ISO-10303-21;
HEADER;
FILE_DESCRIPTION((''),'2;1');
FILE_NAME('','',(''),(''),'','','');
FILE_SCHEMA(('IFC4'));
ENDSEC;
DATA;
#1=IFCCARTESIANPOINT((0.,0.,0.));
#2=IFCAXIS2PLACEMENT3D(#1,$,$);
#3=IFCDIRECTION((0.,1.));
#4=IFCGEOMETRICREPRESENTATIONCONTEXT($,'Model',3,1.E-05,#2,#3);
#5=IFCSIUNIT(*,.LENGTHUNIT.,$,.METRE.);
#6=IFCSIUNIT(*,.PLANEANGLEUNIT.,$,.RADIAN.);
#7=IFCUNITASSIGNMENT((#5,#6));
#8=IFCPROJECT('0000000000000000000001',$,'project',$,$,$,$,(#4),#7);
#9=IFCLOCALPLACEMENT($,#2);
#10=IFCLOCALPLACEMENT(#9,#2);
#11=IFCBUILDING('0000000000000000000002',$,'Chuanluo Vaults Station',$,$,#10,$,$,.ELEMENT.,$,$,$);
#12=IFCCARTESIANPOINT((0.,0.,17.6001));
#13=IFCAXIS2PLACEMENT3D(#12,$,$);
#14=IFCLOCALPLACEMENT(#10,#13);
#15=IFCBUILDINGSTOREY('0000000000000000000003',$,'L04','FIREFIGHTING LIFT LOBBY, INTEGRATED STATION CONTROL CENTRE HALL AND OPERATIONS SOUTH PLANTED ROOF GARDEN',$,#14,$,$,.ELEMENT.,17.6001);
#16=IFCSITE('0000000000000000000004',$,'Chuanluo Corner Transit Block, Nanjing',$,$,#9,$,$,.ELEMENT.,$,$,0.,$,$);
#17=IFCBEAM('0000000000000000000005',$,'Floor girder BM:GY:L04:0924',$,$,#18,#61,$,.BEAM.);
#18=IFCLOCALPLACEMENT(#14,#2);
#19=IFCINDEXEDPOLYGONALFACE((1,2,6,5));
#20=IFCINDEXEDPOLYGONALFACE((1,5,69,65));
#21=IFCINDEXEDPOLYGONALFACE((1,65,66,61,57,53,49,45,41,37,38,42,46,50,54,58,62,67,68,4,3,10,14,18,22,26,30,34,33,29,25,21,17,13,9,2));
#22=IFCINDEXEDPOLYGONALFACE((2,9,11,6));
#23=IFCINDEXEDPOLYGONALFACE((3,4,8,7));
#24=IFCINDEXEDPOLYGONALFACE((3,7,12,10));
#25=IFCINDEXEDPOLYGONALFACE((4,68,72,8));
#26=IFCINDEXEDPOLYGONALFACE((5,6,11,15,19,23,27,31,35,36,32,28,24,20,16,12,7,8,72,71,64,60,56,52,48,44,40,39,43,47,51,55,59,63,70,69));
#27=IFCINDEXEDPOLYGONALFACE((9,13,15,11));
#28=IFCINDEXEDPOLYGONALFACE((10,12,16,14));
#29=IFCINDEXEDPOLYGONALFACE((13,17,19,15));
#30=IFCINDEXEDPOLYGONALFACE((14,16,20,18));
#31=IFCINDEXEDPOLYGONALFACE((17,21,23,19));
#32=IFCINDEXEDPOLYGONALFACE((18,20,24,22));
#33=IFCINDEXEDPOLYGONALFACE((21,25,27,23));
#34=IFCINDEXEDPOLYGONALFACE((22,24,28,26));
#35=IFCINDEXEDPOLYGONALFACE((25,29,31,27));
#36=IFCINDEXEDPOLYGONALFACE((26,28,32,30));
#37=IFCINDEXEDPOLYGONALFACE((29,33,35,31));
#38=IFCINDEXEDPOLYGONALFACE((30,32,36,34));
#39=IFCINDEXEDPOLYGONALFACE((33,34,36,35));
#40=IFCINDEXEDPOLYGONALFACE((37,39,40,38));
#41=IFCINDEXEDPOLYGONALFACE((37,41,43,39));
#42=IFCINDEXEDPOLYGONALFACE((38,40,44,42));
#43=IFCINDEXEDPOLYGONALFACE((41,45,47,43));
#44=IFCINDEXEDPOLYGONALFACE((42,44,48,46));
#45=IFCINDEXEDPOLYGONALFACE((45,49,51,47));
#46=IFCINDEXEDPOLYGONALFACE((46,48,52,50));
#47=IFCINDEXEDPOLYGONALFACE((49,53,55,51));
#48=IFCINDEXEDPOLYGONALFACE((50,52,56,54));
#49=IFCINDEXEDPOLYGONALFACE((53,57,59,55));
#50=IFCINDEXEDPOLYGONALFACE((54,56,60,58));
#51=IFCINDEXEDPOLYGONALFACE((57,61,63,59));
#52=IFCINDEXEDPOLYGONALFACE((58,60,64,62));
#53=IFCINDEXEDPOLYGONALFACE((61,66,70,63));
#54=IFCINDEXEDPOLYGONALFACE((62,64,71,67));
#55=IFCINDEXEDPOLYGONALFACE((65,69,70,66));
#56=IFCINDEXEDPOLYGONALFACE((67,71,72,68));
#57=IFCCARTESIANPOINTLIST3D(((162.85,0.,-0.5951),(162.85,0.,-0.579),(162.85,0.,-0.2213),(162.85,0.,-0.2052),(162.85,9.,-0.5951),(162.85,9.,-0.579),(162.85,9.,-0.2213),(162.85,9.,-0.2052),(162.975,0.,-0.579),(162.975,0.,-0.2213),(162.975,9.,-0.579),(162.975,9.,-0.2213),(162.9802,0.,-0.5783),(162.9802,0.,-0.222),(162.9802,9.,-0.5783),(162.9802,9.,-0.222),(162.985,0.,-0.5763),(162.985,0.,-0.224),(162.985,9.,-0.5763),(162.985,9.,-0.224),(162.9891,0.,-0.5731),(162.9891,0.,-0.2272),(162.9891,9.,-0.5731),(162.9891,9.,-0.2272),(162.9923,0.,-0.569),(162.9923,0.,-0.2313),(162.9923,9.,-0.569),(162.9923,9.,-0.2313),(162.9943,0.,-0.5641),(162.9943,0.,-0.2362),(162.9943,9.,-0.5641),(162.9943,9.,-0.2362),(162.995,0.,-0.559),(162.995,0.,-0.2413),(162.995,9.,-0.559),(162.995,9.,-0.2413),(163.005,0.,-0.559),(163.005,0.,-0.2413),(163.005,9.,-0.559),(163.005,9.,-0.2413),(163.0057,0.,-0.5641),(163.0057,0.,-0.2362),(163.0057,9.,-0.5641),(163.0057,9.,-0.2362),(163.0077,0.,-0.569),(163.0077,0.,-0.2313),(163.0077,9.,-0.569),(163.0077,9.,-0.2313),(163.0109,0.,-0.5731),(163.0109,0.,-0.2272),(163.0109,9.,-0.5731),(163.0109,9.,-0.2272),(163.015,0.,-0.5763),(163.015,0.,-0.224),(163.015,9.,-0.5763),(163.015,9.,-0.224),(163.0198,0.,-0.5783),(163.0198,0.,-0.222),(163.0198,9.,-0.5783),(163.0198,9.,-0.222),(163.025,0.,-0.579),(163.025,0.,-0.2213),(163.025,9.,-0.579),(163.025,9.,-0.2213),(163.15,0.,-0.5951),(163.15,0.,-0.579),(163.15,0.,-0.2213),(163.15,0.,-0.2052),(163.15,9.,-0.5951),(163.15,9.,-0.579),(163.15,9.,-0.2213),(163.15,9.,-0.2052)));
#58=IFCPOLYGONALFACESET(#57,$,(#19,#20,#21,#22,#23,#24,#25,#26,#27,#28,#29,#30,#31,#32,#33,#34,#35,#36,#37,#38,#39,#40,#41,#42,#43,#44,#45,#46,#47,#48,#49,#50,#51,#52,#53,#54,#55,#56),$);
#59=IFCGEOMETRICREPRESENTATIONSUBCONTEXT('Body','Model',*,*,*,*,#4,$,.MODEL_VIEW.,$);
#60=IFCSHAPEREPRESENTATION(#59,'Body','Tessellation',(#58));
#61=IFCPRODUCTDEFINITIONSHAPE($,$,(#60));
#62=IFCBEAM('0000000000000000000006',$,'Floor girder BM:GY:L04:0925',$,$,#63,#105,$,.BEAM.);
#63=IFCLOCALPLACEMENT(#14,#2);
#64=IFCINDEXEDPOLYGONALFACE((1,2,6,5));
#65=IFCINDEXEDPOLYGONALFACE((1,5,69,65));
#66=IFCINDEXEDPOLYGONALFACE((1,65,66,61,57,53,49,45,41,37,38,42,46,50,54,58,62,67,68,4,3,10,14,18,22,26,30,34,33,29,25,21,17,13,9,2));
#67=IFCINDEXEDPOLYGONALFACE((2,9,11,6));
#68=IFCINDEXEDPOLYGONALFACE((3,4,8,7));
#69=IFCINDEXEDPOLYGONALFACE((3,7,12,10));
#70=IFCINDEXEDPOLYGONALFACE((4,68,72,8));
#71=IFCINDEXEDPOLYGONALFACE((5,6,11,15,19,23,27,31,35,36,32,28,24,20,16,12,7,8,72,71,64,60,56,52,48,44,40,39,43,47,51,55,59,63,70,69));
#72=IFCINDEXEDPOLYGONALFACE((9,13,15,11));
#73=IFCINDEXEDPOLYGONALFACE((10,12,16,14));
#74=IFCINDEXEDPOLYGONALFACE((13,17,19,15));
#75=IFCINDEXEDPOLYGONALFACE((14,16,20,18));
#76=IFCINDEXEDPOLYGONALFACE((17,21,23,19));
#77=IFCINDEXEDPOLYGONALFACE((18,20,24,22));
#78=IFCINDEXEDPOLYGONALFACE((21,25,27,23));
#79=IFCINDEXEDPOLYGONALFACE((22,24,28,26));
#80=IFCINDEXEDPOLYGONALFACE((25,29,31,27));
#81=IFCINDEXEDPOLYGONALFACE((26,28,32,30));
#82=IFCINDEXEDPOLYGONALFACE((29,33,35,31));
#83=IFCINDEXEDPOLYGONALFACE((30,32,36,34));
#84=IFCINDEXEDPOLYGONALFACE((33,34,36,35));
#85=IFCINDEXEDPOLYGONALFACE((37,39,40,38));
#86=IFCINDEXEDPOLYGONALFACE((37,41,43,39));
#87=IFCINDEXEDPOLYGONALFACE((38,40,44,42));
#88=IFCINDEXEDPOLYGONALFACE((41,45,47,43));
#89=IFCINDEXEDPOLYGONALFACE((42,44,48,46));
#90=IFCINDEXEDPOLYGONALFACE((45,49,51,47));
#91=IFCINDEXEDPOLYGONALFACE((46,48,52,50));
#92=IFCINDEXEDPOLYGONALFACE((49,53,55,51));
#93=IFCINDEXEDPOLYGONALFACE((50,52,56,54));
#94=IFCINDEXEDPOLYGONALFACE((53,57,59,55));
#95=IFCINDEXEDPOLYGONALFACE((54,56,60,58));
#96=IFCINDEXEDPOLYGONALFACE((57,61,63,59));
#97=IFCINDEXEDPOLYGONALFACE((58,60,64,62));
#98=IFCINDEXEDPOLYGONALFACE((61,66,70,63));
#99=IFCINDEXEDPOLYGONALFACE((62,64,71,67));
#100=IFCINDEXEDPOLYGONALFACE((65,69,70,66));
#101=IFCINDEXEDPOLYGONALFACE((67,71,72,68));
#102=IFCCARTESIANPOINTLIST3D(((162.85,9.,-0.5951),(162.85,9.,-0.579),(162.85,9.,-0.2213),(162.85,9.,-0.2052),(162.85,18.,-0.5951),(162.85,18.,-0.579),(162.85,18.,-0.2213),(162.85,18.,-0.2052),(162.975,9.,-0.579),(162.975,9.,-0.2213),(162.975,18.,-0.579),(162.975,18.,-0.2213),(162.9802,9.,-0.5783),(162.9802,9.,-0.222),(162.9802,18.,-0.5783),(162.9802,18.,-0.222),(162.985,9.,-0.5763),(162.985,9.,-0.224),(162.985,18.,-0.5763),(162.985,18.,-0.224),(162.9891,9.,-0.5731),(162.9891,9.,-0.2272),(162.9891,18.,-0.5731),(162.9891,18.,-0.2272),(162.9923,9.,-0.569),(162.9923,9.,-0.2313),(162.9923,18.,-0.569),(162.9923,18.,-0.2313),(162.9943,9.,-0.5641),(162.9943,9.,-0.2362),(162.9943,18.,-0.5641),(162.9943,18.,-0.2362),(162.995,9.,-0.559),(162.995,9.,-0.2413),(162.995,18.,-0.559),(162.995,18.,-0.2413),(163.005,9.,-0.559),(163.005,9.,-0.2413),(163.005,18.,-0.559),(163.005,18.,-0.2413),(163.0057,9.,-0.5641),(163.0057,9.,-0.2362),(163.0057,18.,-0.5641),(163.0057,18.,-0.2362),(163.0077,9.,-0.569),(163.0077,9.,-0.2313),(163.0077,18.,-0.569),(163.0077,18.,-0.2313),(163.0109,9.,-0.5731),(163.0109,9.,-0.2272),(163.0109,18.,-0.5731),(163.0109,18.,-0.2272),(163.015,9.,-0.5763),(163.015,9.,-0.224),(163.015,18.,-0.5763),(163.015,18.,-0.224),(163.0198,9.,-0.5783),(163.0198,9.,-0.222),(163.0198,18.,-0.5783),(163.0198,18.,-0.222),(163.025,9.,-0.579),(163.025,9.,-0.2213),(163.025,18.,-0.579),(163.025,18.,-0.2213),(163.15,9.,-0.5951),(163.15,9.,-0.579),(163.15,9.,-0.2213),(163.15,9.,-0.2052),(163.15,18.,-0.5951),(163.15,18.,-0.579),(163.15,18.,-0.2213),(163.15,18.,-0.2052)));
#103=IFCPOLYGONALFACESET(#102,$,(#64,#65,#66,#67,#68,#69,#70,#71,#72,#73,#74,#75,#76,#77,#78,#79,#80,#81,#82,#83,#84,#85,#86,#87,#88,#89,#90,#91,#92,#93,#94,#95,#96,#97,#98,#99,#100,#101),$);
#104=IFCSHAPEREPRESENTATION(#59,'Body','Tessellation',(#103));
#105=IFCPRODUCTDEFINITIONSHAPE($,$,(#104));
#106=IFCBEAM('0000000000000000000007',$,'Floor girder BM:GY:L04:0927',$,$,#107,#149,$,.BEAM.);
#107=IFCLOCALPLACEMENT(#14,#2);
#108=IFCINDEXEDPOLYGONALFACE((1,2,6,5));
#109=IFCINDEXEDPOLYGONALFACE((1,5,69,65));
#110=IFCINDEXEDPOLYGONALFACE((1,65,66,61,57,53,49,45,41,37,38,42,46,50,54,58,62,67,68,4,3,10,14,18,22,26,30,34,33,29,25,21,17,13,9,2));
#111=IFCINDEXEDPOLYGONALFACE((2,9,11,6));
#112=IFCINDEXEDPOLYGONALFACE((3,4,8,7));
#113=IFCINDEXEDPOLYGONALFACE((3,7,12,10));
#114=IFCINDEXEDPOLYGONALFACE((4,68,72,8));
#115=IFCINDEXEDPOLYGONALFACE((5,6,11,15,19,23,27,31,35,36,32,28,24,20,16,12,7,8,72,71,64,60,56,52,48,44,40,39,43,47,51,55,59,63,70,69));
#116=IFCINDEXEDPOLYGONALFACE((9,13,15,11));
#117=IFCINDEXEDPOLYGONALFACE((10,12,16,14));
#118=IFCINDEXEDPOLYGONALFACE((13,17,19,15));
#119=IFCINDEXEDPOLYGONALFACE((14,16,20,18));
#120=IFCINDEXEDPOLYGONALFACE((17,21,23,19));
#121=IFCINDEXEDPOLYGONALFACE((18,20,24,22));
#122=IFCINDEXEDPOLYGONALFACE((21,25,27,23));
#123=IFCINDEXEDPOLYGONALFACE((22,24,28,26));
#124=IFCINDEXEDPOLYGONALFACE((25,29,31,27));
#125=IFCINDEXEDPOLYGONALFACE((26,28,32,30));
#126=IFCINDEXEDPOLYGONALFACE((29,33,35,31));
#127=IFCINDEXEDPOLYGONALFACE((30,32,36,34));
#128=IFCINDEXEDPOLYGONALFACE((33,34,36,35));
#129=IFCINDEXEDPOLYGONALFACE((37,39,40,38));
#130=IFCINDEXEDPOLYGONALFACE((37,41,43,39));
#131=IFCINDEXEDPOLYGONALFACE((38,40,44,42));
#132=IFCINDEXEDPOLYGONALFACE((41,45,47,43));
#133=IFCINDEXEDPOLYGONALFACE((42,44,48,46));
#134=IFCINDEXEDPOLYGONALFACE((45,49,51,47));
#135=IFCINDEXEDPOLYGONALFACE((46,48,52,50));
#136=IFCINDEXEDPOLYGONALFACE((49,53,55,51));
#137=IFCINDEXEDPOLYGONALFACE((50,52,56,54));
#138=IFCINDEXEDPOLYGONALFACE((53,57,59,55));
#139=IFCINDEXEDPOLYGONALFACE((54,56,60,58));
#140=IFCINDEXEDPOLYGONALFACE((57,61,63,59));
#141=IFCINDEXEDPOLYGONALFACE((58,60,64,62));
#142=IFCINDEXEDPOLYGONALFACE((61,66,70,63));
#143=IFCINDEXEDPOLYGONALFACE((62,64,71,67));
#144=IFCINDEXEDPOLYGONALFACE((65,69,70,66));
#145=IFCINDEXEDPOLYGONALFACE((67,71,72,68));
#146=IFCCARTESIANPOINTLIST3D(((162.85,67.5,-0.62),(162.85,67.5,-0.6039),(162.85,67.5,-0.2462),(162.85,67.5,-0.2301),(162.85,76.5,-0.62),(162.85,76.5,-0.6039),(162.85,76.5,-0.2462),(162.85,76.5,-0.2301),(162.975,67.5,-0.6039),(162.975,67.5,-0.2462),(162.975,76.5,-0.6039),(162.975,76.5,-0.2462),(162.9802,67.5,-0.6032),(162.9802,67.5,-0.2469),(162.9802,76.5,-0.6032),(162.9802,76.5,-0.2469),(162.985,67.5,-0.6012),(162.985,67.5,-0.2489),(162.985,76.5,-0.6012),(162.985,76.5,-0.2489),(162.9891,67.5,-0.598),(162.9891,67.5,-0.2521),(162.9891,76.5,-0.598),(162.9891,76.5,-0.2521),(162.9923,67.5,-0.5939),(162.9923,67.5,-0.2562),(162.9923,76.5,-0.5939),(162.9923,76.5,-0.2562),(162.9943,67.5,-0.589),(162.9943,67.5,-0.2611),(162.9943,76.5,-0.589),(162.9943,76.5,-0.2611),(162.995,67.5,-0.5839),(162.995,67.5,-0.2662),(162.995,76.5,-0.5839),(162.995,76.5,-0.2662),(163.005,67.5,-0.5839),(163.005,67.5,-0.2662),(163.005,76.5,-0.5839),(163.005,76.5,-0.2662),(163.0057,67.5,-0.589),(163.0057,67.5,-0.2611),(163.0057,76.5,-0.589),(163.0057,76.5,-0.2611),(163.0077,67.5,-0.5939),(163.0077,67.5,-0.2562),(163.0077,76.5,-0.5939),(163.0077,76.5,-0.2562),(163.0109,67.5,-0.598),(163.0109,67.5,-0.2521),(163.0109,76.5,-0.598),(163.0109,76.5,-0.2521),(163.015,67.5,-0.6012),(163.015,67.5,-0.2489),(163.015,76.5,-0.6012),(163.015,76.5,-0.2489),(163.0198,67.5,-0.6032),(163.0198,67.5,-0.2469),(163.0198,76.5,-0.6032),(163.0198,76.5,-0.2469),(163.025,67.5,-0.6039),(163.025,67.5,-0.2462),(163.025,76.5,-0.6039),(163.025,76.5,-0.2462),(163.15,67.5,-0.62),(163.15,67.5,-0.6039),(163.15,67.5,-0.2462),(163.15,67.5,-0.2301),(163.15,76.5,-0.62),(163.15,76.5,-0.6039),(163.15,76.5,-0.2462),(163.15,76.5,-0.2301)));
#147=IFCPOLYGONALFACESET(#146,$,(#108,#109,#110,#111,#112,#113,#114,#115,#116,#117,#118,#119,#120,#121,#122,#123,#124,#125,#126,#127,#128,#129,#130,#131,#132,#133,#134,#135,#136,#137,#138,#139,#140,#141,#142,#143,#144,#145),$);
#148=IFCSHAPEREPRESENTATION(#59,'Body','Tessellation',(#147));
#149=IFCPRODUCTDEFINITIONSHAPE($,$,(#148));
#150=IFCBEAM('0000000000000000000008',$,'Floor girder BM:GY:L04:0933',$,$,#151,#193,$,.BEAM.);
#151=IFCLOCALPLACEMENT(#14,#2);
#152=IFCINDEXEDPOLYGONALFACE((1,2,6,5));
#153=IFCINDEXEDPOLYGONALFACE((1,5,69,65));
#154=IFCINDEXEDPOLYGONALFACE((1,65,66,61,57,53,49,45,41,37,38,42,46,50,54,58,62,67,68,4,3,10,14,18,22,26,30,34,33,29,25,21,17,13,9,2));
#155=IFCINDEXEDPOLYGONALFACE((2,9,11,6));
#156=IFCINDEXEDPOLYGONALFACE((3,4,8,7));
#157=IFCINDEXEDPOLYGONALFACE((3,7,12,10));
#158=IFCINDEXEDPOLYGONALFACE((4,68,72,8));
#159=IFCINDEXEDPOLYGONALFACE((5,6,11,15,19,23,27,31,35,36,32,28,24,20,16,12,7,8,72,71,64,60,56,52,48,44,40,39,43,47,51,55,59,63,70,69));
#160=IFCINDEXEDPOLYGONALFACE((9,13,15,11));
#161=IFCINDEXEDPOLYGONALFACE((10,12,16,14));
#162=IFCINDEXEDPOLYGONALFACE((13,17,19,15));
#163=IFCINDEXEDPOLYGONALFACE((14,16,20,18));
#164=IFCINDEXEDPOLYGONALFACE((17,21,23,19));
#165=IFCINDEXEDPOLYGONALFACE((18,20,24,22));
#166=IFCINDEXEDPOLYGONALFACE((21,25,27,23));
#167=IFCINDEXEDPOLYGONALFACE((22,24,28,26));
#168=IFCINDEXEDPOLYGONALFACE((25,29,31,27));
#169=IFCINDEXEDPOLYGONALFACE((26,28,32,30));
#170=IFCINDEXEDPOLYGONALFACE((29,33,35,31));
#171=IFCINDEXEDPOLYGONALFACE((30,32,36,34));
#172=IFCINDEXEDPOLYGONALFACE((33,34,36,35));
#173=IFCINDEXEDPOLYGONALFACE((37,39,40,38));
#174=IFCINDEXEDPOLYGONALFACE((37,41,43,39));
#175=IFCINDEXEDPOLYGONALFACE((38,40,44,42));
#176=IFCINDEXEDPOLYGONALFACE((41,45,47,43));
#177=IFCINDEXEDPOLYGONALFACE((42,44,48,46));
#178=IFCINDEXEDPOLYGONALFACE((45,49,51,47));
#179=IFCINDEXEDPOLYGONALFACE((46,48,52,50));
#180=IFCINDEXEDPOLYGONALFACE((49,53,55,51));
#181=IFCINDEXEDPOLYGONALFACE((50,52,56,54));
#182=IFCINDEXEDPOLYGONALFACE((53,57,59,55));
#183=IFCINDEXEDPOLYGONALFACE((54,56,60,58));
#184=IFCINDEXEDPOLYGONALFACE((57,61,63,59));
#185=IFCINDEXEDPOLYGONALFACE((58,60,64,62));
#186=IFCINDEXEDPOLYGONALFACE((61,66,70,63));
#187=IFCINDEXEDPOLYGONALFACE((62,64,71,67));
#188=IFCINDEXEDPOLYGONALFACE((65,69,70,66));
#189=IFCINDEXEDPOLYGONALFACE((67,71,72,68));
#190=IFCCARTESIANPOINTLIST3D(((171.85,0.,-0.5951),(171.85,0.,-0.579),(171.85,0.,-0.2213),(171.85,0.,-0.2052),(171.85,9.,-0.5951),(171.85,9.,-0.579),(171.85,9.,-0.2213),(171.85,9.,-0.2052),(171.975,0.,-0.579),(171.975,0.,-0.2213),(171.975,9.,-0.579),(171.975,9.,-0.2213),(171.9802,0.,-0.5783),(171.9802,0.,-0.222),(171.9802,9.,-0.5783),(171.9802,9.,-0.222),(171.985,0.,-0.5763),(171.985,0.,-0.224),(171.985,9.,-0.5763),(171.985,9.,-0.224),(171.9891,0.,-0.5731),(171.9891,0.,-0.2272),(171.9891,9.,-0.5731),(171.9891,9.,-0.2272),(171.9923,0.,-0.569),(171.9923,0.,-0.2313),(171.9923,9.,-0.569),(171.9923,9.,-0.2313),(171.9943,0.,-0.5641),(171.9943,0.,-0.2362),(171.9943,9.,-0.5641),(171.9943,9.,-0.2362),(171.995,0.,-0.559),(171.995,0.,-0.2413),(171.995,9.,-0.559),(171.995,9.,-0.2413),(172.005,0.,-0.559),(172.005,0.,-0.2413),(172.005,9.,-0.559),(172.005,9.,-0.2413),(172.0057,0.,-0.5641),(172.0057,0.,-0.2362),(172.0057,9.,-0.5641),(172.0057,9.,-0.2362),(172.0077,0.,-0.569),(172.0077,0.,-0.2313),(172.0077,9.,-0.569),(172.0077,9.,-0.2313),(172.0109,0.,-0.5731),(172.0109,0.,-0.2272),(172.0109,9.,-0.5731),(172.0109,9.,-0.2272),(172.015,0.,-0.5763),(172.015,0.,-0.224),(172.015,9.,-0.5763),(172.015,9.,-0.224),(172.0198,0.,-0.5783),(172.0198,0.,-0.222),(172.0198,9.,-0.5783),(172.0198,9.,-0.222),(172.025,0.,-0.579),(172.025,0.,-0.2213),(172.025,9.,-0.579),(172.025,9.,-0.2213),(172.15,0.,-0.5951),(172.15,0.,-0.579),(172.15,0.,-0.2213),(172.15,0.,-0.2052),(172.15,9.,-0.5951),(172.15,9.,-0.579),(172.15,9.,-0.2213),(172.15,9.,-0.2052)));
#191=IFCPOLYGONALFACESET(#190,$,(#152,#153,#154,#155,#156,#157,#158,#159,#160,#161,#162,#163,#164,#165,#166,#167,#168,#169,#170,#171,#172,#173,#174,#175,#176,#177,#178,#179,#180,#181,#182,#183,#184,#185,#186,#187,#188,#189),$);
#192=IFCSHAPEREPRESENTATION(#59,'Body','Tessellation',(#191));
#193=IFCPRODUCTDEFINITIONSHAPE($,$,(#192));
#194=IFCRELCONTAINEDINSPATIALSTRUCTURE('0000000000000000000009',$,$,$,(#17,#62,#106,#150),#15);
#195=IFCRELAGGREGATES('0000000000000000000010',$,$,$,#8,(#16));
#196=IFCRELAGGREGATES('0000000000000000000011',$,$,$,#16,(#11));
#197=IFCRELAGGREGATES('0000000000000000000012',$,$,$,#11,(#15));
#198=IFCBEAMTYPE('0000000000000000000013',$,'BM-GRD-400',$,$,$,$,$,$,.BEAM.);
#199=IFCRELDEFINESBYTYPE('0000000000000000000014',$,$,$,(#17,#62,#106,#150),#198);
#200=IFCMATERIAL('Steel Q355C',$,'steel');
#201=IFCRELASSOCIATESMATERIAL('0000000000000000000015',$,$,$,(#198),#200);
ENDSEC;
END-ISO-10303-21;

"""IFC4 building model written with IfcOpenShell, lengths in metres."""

from ifc_helpers import new_model, si_unit, direction, frame, origin, origin_2d, place, context, subcontext, project, spatial, i_section, extrude, material, material_profile, profile_set, type_object, element, save


model = new_model("IFC4")

# Units and contexts
model_context = context("Model", 3, precision=1e-05, world=origin(), true_north=direction((0.0, 1.0)))
body_context = subcontext(model_context, "Body", "Model", "MODEL_VIEW")
ifc_project = project(units=[si_unit("LENGTHUNIT", "METRE"), si_unit("PLANEANGLEUNIT", "RADIAN")], contexts=[model_context])

# Site, building, storey
site_placement = place(None, origin())
site = spatial("IfcSite", under=ifc_project, at=site_placement, Name="Chuanluo Corner Transit Block, Nanjing", CompositionType="ELEMENT", RefElevation=0.0)
building_placement = place(site_placement, origin())
building = spatial("IfcBuilding", under=site, at=building_placement, Name="Chuanluo Vaults Station", CompositionType="ELEMENT")
storey_placement = place(building_placement, frame((0.0, 0.0, 17.6001)))
storey = spatial("IfcBuildingStorey", under=building, at=storey_placement, Name="L04", Description="FIREFIGHTING LIFT LOBBY, INTEGRATED STATION CONTROL CENTRE HALL AND OPERATIONS SOUTH PLANTED ROOF GARDEN", CompositionType="ELEMENT", Elevation=17.6001)

# Beams
ifc_material_1 = material(Name="Steel Q355C", Category="steel")
ifc_material_profile_1 = material_profile(ifc_material_1, i_section(OverallWidth=0.3, OverallDepth=0.3899, WebThickness=0.01, FlangeThickness=0.0161, FilletRadius=0.02, at=origin_2d()))
ifc_profile_set_1 = profile_set([ifc_material_profile_1], Name="Steel Q355C")
beam_type_1 = type_object("IfcBeamType", Name="BM-GRD-400", PredefinedType="BEAM", material=ifc_profile_set_1)
for number, where, z_axis, x_axis, name in (
    (1, (163.0, 0.0, -0.4001), (0.0, 1.0, 0.0), (-1.0, 0.0, 0.0), "Floor girder BM:GY:L04:0924"),
    (2, (163.0, 9.0, -0.4001), (0.0, 1.0, 0.0), (-1.0, 0.0, 0.0), "Floor girder BM:GY:L04:0925"),
    (3, (163.0, 67.5, -0.425), (0.0, 1.0, 0.0), (-1.0, 0.0, 0.0), "Floor girder BM:GY:L04:0927"),
    (4, (172.0, 0.0, -0.4001), (0.0, 1.0, 0.0), (-1.0, 0.0, 0.0), "Floor girder BM:GY:L04:0933"),
):
    element("IfcBeam", number, at=place(storey_placement, frame(where, z_axis=z_axis, x_axis=x_axis)), inside=storey, type_object=beam_type_1, Name=name, PredefinedType="BEAM", context=body_context, shape_type="SweptSolid", body=[
        extrude(i_section(OverallWidth=0.3, OverallDepth=0.3899, WebThickness=0.01, FlangeThickness=0.0161, FilletRadius=0.02, at=origin_2d()), origin(), (0.0, 0.0, 1.0), 9.0),
    ])

save(model, "model.ifc")
